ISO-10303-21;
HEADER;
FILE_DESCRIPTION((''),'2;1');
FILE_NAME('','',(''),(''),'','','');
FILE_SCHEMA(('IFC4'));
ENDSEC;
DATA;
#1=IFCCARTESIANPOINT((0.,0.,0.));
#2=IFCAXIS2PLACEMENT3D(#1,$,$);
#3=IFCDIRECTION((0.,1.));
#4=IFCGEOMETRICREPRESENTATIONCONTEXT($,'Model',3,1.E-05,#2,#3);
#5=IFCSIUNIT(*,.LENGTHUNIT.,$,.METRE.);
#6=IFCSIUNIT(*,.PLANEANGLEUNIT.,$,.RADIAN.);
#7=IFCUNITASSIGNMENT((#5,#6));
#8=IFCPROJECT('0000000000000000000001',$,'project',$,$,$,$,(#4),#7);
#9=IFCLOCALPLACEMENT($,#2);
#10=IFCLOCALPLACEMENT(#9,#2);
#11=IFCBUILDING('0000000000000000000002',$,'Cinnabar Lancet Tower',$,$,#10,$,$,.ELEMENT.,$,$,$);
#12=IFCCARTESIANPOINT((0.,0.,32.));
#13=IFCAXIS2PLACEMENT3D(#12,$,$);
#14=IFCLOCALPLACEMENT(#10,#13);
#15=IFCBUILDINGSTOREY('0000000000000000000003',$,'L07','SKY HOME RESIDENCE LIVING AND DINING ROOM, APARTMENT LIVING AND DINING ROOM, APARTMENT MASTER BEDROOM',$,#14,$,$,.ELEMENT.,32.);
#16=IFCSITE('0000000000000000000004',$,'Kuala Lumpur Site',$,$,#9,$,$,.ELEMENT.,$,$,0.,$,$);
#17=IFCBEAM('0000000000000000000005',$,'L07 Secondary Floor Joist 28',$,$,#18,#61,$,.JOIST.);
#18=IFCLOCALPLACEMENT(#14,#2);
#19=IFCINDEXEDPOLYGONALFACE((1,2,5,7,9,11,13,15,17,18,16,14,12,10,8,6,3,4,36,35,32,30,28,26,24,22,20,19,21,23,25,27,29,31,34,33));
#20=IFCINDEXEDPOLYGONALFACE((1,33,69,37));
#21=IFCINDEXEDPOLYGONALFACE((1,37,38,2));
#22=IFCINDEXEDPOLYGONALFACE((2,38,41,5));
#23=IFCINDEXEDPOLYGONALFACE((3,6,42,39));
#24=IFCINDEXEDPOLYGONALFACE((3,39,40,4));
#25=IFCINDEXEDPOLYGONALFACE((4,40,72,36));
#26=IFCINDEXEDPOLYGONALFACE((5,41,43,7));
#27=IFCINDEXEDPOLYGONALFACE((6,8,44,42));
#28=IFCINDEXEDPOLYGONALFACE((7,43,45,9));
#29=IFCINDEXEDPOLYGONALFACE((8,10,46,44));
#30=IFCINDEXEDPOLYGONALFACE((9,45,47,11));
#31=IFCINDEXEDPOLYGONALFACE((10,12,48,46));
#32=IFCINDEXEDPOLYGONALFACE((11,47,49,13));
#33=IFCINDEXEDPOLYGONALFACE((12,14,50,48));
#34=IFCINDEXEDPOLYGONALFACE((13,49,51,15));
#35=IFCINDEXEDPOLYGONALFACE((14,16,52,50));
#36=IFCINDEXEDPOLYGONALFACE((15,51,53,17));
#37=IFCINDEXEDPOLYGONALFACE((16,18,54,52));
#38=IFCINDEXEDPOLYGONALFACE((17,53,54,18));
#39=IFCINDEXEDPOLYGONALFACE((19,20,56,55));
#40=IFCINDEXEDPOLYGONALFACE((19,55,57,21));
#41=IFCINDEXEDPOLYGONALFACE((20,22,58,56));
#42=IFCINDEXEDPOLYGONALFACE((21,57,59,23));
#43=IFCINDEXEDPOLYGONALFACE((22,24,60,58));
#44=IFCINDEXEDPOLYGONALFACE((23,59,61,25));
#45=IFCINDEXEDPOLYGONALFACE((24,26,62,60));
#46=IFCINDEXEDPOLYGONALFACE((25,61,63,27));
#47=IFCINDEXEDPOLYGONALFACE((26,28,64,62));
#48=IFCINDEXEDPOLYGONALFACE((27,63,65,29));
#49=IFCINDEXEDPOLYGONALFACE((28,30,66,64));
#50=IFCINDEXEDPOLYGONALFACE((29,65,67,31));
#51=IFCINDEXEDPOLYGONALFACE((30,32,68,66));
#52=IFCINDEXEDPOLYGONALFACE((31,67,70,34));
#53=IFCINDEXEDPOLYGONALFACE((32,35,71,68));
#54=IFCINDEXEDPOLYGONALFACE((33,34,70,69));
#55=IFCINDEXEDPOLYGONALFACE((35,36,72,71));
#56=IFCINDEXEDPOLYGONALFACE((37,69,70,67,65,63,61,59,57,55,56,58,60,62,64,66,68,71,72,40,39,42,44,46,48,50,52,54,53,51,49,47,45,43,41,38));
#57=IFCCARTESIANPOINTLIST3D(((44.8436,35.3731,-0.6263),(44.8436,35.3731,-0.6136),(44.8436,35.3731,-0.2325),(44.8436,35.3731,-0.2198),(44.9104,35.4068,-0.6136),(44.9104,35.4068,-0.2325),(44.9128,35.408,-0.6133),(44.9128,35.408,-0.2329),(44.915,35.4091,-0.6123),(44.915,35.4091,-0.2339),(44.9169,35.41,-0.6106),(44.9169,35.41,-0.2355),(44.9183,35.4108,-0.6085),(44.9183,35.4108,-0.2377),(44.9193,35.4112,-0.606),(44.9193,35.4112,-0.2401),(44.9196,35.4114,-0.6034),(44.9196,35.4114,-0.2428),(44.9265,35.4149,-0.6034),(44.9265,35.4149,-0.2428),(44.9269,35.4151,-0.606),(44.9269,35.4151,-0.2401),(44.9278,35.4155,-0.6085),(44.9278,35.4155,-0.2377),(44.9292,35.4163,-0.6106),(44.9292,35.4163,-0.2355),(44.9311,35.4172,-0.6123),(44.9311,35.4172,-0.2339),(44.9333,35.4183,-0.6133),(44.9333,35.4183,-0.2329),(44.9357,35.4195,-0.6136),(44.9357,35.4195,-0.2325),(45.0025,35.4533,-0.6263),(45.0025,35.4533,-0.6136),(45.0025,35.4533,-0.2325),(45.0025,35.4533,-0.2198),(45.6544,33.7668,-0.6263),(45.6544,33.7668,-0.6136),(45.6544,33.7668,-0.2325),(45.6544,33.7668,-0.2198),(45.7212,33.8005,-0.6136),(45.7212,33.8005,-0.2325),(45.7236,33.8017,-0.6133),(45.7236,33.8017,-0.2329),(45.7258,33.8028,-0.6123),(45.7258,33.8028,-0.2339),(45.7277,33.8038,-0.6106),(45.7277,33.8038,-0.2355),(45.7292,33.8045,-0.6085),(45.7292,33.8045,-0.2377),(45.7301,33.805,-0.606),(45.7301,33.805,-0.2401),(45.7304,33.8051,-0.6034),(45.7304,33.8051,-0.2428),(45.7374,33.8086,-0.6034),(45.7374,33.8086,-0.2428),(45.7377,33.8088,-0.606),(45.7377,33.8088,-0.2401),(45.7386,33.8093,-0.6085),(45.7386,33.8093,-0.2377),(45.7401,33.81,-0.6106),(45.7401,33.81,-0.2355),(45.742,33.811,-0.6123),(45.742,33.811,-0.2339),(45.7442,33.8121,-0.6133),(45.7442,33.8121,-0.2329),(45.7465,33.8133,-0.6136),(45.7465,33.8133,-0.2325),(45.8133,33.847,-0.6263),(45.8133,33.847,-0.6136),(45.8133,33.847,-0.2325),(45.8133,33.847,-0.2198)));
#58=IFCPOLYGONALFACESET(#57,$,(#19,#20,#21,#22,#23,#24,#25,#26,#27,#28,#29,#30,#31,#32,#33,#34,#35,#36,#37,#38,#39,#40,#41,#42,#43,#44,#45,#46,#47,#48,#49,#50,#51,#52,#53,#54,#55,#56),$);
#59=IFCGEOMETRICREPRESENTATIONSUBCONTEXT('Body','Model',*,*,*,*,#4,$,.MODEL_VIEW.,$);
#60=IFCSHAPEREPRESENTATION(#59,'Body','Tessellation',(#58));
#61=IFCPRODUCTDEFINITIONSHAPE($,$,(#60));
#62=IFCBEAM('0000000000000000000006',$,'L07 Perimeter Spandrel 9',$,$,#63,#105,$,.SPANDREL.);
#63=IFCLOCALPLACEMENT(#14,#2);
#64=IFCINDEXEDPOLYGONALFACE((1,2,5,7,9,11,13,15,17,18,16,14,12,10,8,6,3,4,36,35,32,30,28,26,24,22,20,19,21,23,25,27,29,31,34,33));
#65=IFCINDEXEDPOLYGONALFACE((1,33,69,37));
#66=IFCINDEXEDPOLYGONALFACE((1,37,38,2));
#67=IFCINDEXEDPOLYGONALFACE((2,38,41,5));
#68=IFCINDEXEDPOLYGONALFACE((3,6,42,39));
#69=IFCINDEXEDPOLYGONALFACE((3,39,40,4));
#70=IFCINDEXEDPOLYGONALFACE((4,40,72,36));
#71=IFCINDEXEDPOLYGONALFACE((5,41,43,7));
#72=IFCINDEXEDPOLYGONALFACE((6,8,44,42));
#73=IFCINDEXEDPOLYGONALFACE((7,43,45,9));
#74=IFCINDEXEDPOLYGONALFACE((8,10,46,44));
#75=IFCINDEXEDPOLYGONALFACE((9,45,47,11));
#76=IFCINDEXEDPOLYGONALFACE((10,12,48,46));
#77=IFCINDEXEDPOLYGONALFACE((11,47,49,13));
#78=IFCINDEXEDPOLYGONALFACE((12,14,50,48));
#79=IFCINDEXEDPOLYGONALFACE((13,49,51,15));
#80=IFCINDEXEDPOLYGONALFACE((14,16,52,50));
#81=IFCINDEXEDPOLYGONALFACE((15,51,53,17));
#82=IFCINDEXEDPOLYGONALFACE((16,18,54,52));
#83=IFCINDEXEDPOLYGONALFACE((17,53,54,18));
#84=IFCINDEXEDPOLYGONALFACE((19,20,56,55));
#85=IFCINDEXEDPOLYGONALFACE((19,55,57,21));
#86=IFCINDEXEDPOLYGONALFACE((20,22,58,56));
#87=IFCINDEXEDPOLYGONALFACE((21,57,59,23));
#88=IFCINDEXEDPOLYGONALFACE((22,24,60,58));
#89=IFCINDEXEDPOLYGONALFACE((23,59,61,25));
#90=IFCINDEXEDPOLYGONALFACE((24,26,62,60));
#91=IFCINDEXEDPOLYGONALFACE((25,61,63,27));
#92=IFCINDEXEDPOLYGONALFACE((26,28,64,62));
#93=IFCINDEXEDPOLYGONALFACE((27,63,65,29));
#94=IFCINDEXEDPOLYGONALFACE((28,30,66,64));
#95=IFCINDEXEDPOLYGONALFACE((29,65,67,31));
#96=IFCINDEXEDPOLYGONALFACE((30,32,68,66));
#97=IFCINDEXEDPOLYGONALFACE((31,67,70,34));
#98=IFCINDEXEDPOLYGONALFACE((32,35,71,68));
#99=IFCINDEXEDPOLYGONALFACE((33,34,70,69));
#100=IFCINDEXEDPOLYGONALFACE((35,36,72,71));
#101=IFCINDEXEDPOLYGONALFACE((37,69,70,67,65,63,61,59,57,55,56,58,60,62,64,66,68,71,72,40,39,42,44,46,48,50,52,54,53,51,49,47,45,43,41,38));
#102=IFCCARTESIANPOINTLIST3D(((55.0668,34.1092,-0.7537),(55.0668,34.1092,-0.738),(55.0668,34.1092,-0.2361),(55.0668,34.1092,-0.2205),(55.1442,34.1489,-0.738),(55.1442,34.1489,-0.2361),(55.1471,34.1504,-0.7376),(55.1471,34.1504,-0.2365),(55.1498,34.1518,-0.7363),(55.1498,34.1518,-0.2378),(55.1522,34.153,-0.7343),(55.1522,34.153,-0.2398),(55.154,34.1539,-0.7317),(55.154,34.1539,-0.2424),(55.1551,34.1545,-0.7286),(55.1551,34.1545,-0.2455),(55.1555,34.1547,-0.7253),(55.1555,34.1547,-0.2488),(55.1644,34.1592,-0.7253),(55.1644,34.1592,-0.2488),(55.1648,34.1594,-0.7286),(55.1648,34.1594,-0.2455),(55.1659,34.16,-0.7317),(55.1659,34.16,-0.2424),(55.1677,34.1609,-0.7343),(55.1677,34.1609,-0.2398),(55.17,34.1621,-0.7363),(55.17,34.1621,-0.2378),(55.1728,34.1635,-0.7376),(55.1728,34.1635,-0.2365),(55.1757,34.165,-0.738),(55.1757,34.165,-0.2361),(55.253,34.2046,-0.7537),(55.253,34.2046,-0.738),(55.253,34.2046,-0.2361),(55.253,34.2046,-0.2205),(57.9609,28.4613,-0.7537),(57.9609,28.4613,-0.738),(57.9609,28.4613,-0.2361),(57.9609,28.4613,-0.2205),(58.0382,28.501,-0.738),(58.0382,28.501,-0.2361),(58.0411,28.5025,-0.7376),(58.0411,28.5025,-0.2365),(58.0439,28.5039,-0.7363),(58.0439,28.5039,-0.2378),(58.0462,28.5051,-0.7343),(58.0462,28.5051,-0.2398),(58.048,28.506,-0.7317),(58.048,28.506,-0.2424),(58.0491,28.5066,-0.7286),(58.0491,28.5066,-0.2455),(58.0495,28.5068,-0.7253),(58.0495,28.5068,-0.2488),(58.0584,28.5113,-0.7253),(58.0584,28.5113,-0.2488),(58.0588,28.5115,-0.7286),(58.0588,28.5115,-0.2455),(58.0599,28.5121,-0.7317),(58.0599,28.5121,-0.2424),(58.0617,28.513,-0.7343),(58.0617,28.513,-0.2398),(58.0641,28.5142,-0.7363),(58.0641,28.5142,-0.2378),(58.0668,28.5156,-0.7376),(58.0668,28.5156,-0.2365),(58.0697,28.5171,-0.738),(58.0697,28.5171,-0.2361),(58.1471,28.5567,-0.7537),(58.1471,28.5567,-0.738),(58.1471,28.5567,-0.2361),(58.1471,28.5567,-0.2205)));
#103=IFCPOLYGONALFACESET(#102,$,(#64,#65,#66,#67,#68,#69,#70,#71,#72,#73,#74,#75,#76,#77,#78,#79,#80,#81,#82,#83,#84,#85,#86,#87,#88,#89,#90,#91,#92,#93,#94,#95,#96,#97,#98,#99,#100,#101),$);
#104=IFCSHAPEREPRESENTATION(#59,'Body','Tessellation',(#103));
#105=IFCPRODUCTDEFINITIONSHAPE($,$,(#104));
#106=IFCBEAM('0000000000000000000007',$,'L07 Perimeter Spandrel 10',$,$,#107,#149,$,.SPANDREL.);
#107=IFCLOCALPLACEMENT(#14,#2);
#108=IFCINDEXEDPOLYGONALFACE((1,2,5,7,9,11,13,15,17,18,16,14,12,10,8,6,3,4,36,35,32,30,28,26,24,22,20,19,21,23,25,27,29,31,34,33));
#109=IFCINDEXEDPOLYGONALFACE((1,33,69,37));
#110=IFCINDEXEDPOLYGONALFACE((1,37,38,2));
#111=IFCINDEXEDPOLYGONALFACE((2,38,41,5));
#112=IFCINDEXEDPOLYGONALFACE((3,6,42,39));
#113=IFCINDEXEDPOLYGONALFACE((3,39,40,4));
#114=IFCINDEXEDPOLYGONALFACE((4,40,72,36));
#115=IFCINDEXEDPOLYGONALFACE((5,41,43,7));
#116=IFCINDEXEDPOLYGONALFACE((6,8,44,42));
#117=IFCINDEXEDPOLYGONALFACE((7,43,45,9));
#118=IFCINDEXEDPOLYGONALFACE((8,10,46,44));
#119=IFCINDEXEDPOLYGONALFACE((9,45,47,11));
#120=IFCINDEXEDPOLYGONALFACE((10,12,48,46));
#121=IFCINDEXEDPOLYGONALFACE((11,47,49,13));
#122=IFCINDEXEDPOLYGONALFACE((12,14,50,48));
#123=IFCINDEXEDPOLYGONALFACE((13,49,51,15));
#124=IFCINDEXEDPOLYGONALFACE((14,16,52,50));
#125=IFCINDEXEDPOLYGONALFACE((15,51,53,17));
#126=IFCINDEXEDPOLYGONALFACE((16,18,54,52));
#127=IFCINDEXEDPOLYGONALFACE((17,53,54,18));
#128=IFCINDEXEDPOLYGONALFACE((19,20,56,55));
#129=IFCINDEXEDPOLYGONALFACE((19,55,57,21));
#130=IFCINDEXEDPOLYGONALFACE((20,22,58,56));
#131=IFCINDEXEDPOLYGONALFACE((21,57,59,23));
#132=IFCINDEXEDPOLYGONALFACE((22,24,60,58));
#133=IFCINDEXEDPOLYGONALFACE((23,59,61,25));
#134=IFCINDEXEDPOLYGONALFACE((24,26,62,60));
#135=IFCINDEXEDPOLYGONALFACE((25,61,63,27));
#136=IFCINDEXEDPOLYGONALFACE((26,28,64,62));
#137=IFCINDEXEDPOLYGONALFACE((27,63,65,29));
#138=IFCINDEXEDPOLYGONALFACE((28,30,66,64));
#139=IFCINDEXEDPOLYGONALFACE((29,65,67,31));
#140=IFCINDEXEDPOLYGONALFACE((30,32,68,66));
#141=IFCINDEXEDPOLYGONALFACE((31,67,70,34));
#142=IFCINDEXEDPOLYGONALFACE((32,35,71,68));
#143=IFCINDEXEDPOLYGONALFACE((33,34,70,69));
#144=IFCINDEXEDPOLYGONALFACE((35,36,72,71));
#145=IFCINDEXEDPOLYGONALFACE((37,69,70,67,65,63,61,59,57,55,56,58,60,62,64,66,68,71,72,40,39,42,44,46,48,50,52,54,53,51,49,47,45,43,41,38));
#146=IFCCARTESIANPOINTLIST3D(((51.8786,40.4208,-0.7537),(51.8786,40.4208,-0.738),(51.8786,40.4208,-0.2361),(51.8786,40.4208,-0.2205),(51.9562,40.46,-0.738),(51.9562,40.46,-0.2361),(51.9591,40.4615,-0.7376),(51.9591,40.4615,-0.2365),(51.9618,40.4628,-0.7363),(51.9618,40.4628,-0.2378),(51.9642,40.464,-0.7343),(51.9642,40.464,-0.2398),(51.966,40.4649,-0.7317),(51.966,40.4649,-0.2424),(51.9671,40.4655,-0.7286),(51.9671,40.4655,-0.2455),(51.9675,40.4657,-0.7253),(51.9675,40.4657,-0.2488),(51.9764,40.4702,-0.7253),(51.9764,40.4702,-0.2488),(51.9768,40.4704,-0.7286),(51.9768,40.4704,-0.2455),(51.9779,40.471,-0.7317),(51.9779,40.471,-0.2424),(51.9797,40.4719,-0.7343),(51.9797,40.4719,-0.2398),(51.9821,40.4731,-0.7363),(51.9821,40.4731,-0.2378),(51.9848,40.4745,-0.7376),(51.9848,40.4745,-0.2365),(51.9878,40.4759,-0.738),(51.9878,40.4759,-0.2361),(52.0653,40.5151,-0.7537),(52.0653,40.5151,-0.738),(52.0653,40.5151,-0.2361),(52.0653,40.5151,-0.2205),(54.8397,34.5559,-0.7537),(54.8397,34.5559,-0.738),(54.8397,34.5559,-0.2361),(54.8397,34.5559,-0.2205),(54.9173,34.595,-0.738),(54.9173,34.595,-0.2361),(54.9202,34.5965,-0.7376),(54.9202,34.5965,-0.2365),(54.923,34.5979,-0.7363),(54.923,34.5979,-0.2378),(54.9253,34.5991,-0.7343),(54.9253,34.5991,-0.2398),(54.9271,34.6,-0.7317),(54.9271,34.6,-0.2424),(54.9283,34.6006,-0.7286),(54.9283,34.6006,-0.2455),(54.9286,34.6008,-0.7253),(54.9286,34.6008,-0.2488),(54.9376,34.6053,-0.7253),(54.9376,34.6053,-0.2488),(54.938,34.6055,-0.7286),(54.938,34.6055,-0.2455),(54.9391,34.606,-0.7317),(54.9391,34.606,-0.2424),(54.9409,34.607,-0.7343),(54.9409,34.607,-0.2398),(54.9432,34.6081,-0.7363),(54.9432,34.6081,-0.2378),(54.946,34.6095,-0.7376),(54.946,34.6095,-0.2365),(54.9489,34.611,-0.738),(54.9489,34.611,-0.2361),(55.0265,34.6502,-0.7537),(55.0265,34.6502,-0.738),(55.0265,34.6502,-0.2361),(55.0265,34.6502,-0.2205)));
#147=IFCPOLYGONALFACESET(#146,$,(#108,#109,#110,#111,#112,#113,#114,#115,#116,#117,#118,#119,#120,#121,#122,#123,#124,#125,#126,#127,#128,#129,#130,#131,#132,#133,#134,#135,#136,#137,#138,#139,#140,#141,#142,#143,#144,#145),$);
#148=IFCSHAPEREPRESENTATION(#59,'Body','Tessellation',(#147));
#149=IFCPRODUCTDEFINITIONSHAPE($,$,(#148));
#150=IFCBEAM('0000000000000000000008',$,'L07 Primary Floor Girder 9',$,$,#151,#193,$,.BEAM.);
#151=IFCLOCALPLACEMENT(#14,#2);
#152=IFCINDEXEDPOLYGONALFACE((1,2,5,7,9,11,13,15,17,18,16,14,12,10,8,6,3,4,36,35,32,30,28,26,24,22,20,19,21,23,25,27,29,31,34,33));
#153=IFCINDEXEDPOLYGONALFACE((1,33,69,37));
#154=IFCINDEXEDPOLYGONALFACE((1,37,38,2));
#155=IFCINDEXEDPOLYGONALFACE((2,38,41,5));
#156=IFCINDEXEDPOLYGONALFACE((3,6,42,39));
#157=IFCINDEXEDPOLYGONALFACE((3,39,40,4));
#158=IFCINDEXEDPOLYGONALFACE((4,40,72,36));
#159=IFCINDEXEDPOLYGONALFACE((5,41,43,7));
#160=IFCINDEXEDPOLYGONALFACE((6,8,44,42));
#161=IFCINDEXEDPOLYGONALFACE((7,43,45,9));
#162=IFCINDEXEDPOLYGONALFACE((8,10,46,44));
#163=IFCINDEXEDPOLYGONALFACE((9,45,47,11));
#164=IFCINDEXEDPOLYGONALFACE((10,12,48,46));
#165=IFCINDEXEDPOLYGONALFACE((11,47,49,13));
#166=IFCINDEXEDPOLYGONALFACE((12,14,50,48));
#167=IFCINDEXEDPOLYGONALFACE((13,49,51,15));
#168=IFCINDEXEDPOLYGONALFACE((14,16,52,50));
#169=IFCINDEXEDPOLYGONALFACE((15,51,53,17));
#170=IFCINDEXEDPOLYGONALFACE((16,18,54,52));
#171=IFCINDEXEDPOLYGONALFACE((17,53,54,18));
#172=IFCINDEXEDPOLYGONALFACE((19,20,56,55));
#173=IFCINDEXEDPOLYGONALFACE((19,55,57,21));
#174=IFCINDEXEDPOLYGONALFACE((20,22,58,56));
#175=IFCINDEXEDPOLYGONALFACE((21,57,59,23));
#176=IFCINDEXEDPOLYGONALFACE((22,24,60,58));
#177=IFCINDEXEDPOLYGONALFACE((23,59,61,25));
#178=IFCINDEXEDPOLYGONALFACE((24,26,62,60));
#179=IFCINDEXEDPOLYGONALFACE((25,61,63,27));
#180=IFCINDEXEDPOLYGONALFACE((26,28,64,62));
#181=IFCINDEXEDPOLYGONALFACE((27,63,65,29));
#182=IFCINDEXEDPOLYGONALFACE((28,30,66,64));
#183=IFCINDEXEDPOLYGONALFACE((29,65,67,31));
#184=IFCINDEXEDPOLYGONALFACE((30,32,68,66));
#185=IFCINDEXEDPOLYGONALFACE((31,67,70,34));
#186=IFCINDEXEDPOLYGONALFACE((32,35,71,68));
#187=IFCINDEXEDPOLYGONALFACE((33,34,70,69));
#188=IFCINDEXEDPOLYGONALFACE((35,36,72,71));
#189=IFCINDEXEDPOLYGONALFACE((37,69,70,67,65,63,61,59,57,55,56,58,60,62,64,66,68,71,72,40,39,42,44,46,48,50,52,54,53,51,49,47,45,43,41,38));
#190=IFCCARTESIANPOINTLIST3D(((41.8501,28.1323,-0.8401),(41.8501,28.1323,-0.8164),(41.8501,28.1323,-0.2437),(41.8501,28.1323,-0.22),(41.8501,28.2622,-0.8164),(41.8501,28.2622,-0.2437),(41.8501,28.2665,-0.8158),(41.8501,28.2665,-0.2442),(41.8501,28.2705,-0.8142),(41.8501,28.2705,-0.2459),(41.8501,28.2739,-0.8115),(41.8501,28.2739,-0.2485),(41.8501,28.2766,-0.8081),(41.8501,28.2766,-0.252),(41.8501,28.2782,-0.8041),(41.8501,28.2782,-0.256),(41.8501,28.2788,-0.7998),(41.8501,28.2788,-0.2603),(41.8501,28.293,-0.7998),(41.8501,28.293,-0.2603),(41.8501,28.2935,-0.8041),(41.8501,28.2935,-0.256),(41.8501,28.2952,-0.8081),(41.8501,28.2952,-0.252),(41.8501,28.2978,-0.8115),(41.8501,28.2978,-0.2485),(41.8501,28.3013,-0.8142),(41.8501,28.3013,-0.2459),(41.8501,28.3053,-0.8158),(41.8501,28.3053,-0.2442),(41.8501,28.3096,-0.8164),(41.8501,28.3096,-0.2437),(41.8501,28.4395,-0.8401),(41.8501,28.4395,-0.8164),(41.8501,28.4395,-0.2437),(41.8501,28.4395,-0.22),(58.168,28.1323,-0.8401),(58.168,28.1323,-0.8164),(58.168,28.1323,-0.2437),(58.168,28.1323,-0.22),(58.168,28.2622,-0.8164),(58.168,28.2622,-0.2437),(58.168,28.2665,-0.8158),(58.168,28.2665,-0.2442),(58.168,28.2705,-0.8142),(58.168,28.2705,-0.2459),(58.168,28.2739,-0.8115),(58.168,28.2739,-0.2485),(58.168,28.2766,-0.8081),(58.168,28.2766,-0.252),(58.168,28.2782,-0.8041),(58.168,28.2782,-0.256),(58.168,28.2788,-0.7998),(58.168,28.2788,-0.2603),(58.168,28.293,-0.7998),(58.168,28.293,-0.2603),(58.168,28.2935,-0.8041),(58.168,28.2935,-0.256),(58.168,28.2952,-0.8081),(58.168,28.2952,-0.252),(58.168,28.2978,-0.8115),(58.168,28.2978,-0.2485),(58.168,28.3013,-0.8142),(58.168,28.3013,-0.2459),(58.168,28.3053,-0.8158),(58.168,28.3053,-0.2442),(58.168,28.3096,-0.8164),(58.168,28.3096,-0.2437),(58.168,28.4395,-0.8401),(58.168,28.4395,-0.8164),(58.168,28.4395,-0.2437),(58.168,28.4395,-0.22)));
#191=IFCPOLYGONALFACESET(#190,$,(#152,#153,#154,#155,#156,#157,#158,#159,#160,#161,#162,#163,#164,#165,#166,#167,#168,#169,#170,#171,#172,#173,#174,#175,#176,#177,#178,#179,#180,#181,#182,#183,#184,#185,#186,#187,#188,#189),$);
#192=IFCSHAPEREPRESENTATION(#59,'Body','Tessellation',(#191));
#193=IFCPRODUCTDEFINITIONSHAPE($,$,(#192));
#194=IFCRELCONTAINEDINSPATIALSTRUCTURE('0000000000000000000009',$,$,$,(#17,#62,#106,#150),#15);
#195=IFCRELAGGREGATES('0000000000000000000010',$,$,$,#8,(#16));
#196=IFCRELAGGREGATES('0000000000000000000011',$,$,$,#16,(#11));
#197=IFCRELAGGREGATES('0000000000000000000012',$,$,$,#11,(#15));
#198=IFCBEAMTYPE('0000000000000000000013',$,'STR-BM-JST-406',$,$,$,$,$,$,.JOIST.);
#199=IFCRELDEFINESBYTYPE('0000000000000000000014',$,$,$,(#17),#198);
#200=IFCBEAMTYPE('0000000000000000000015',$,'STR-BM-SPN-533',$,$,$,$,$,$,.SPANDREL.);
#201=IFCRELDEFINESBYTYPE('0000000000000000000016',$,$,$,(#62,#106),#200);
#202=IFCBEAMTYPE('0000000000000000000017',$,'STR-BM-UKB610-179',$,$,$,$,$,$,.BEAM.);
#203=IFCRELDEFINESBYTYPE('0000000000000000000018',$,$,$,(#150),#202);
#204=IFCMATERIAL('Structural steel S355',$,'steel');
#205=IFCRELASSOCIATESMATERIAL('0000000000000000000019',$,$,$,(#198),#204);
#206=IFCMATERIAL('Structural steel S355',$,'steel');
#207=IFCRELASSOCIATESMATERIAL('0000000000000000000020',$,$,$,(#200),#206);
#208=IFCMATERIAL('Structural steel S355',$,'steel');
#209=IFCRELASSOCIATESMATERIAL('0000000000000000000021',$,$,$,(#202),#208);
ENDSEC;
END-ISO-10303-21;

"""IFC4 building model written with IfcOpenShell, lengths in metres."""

from ifc_helpers import new_model, si_unit, direction, frame, origin, origin_2d, place, context, subcontext, project, spatial, i_section, extrude, material, material_profile, profile_set, type_object, element, save


model = new_model("IFC4")

# Units and contexts
model_context = context("Model", 3, precision=1e-05, world=origin(), true_north=direction((0.0, 1.0)))
body_context = subcontext(model_context, "Body", "Model", "MODEL_VIEW")
ifc_project = project(units=[si_unit("LENGTHUNIT", "METRE"), si_unit("PLANEANGLEUNIT", "RADIAN")], contexts=[model_context])

# Site, building, storey
site_placement = place(None, origin())
site = spatial("IfcSite", under=ifc_project, at=site_placement, Name="Kuala Lumpur Site", CompositionType="ELEMENT", RefElevation=0.0)
building_placement = place(site_placement, origin())
building = spatial("IfcBuilding", under=site, at=building_placement, Name="Cinnabar Lancet Tower", CompositionType="ELEMENT")
storey_placement = place(building_placement, frame((0.0, 0.0, 32.0)))
storey = spatial("IfcBuildingStorey", under=building, at=storey_placement, Name="L07", Description="SKY HOME RESIDENCE LIVING AND DINING ROOM, APARTMENT LIVING AND DINING ROOM, APARTMENT MASTER BEDROOM", CompositionType="ELEMENT", Elevation=32.0)

# Beams
ifc_material_1 = material(Name="Structural steel S355", Category="steel")
ifc_material_profile_1 = material_profile(ifc_material_1, i_section(OverallWidth=0.178, OverallDepth=0.4065, WebThickness=0.0078, FlangeThickness=0.0127, FilletRadius=0.0103, at=origin_2d()), Name="UKB 406x178x60")
ifc_profile_set_1 = profile_set([ifc_material_profile_1], Name="Structural steel S355")
beam_type_1 = type_object("IfcBeamType", Name="STR-BM-JST-406", PredefinedType="JOIST", material=ifc_profile_set_1)
beam_1_placement = place(storey_placement, frame((45.7339, 33.8069, -0.4231), z_axis=(-0.45063, 0.892711, 0.0), x_axis=(-0.892711, -0.45063, 0.0)))
element("IfcBeam", 1, at=beam_1_placement, inside=storey, type_object=beam_type_1, Name="L07 Secondary Floor Joist 28", PredefinedType="JOIST", context=body_context, shape_type="SweptSolid", body=[
    extrude(i_section(OverallWidth=0.178, OverallDepth=0.4065, WebThickness=0.0078, FlangeThickness=0.0127, FilletRadius=0.0103, at=origin_2d()), origin(), (0.0, 0.0, 1.0), 1.7993),
])
ifc_material_2 = material(Name="Structural steel S355", Category="steel")
ifc_material_profile_2 = material_profile(ifc_material_2, i_section(OverallWidth=0.2092, OverallDepth=0.5332, WebThickness=0.01, FlangeThickness=0.0156, FilletRadius=0.0127, at=origin_2d()), Name="UKB 533x210x92")
ifc_profile_set_2 = profile_set([ifc_material_profile_2], Name="Structural steel S355")
beam_type_2 = type_object("IfcBeamType", Name="STR-BM-SPN-533", PredefinedType="SPANDREL", material=ifc_profile_set_2)
beam_2_placement = place(storey_placement, frame((58.054, 28.509, -0.4871), z_axis=(-0.456025, 0.889967, 0.0), x_axis=(-0.889967, -0.456025, 0.0)))
element("IfcBeam", 2, at=beam_2_placement, inside=storey, type_object=beam_type_2, Name="L07 Perimeter Spandrel 9", PredefinedType="SPANDREL", context=body_context, shape_type="SweptSolid", body=[
    extrude(i_section(OverallWidth=0.2092, OverallDepth=0.5332, WebThickness=0.01, FlangeThickness=0.0156, FilletRadius=0.0127, at=origin_2d()), origin(), (0.0, 0.0, 1.0), 6.3462),
])
beam_3_placement = place(storey_placement, frame((54.9331, 34.603, -0.4871), z_axis=(-0.450703, 0.892674, 0.0), x_axis=(-0.892674, -0.450703, 0.0)))
element("IfcBeam", 3, at=beam_3_placement, inside=storey, type_object=beam_type_2, Name="L07 Perimeter Spandrel 10", PredefinedType="SPANDREL", context=body_context, shape_type="SweptSolid", body=[
    extrude(i_section(OverallWidth=0.2092, OverallDepth=0.5332, WebThickness=0.01, FlangeThickness=0.0156, FilletRadius=0.0127, at=origin_2d()), origin(), (0.0, 0.0, 1.0), 6.5701),
])
ifc_material_3 = material(Name="Structural steel S355", Category="steel")
ifc_material_profile_3 = material_profile(ifc_material_3, i_section(OverallWidth=0.3071, OverallDepth=0.6201, WebThickness=0.0142, FlangeThickness=0.0237, FilletRadius=0.0166, at=origin_2d()), Name="UKB 610x305x179")
ifc_profile_set_3 = profile_set([ifc_material_profile_3], Name="Structural steel S355")
beam_type_3 = type_object("IfcBeamType", Name="STR-BM-UKB610-179", PredefinedType="BEAM", material=ifc_profile_set_3)
beam_4_placement = place(storey_placement, frame((58.168, 28.2859, -0.53), z_axis=(-1.0, 0.0, 0.0), x_axis=(0.0, -1.0, 0.0)))
element("IfcBeam", 4, at=beam_4_placement, inside=storey, type_object=beam_type_3, Name="L07 Primary Floor Girder 9", PredefinedType="BEAM", context=body_context, shape_type="SweptSolid", body=[
    extrude(i_section(OverallWidth=0.3071, OverallDepth=0.6201, WebThickness=0.0142, FlangeThickness=0.0237, FilletRadius=0.0166, at=origin_2d()), origin(), (0.0, 0.0, 1.0), 16.3179),
])

save(model, "model.ifc")
